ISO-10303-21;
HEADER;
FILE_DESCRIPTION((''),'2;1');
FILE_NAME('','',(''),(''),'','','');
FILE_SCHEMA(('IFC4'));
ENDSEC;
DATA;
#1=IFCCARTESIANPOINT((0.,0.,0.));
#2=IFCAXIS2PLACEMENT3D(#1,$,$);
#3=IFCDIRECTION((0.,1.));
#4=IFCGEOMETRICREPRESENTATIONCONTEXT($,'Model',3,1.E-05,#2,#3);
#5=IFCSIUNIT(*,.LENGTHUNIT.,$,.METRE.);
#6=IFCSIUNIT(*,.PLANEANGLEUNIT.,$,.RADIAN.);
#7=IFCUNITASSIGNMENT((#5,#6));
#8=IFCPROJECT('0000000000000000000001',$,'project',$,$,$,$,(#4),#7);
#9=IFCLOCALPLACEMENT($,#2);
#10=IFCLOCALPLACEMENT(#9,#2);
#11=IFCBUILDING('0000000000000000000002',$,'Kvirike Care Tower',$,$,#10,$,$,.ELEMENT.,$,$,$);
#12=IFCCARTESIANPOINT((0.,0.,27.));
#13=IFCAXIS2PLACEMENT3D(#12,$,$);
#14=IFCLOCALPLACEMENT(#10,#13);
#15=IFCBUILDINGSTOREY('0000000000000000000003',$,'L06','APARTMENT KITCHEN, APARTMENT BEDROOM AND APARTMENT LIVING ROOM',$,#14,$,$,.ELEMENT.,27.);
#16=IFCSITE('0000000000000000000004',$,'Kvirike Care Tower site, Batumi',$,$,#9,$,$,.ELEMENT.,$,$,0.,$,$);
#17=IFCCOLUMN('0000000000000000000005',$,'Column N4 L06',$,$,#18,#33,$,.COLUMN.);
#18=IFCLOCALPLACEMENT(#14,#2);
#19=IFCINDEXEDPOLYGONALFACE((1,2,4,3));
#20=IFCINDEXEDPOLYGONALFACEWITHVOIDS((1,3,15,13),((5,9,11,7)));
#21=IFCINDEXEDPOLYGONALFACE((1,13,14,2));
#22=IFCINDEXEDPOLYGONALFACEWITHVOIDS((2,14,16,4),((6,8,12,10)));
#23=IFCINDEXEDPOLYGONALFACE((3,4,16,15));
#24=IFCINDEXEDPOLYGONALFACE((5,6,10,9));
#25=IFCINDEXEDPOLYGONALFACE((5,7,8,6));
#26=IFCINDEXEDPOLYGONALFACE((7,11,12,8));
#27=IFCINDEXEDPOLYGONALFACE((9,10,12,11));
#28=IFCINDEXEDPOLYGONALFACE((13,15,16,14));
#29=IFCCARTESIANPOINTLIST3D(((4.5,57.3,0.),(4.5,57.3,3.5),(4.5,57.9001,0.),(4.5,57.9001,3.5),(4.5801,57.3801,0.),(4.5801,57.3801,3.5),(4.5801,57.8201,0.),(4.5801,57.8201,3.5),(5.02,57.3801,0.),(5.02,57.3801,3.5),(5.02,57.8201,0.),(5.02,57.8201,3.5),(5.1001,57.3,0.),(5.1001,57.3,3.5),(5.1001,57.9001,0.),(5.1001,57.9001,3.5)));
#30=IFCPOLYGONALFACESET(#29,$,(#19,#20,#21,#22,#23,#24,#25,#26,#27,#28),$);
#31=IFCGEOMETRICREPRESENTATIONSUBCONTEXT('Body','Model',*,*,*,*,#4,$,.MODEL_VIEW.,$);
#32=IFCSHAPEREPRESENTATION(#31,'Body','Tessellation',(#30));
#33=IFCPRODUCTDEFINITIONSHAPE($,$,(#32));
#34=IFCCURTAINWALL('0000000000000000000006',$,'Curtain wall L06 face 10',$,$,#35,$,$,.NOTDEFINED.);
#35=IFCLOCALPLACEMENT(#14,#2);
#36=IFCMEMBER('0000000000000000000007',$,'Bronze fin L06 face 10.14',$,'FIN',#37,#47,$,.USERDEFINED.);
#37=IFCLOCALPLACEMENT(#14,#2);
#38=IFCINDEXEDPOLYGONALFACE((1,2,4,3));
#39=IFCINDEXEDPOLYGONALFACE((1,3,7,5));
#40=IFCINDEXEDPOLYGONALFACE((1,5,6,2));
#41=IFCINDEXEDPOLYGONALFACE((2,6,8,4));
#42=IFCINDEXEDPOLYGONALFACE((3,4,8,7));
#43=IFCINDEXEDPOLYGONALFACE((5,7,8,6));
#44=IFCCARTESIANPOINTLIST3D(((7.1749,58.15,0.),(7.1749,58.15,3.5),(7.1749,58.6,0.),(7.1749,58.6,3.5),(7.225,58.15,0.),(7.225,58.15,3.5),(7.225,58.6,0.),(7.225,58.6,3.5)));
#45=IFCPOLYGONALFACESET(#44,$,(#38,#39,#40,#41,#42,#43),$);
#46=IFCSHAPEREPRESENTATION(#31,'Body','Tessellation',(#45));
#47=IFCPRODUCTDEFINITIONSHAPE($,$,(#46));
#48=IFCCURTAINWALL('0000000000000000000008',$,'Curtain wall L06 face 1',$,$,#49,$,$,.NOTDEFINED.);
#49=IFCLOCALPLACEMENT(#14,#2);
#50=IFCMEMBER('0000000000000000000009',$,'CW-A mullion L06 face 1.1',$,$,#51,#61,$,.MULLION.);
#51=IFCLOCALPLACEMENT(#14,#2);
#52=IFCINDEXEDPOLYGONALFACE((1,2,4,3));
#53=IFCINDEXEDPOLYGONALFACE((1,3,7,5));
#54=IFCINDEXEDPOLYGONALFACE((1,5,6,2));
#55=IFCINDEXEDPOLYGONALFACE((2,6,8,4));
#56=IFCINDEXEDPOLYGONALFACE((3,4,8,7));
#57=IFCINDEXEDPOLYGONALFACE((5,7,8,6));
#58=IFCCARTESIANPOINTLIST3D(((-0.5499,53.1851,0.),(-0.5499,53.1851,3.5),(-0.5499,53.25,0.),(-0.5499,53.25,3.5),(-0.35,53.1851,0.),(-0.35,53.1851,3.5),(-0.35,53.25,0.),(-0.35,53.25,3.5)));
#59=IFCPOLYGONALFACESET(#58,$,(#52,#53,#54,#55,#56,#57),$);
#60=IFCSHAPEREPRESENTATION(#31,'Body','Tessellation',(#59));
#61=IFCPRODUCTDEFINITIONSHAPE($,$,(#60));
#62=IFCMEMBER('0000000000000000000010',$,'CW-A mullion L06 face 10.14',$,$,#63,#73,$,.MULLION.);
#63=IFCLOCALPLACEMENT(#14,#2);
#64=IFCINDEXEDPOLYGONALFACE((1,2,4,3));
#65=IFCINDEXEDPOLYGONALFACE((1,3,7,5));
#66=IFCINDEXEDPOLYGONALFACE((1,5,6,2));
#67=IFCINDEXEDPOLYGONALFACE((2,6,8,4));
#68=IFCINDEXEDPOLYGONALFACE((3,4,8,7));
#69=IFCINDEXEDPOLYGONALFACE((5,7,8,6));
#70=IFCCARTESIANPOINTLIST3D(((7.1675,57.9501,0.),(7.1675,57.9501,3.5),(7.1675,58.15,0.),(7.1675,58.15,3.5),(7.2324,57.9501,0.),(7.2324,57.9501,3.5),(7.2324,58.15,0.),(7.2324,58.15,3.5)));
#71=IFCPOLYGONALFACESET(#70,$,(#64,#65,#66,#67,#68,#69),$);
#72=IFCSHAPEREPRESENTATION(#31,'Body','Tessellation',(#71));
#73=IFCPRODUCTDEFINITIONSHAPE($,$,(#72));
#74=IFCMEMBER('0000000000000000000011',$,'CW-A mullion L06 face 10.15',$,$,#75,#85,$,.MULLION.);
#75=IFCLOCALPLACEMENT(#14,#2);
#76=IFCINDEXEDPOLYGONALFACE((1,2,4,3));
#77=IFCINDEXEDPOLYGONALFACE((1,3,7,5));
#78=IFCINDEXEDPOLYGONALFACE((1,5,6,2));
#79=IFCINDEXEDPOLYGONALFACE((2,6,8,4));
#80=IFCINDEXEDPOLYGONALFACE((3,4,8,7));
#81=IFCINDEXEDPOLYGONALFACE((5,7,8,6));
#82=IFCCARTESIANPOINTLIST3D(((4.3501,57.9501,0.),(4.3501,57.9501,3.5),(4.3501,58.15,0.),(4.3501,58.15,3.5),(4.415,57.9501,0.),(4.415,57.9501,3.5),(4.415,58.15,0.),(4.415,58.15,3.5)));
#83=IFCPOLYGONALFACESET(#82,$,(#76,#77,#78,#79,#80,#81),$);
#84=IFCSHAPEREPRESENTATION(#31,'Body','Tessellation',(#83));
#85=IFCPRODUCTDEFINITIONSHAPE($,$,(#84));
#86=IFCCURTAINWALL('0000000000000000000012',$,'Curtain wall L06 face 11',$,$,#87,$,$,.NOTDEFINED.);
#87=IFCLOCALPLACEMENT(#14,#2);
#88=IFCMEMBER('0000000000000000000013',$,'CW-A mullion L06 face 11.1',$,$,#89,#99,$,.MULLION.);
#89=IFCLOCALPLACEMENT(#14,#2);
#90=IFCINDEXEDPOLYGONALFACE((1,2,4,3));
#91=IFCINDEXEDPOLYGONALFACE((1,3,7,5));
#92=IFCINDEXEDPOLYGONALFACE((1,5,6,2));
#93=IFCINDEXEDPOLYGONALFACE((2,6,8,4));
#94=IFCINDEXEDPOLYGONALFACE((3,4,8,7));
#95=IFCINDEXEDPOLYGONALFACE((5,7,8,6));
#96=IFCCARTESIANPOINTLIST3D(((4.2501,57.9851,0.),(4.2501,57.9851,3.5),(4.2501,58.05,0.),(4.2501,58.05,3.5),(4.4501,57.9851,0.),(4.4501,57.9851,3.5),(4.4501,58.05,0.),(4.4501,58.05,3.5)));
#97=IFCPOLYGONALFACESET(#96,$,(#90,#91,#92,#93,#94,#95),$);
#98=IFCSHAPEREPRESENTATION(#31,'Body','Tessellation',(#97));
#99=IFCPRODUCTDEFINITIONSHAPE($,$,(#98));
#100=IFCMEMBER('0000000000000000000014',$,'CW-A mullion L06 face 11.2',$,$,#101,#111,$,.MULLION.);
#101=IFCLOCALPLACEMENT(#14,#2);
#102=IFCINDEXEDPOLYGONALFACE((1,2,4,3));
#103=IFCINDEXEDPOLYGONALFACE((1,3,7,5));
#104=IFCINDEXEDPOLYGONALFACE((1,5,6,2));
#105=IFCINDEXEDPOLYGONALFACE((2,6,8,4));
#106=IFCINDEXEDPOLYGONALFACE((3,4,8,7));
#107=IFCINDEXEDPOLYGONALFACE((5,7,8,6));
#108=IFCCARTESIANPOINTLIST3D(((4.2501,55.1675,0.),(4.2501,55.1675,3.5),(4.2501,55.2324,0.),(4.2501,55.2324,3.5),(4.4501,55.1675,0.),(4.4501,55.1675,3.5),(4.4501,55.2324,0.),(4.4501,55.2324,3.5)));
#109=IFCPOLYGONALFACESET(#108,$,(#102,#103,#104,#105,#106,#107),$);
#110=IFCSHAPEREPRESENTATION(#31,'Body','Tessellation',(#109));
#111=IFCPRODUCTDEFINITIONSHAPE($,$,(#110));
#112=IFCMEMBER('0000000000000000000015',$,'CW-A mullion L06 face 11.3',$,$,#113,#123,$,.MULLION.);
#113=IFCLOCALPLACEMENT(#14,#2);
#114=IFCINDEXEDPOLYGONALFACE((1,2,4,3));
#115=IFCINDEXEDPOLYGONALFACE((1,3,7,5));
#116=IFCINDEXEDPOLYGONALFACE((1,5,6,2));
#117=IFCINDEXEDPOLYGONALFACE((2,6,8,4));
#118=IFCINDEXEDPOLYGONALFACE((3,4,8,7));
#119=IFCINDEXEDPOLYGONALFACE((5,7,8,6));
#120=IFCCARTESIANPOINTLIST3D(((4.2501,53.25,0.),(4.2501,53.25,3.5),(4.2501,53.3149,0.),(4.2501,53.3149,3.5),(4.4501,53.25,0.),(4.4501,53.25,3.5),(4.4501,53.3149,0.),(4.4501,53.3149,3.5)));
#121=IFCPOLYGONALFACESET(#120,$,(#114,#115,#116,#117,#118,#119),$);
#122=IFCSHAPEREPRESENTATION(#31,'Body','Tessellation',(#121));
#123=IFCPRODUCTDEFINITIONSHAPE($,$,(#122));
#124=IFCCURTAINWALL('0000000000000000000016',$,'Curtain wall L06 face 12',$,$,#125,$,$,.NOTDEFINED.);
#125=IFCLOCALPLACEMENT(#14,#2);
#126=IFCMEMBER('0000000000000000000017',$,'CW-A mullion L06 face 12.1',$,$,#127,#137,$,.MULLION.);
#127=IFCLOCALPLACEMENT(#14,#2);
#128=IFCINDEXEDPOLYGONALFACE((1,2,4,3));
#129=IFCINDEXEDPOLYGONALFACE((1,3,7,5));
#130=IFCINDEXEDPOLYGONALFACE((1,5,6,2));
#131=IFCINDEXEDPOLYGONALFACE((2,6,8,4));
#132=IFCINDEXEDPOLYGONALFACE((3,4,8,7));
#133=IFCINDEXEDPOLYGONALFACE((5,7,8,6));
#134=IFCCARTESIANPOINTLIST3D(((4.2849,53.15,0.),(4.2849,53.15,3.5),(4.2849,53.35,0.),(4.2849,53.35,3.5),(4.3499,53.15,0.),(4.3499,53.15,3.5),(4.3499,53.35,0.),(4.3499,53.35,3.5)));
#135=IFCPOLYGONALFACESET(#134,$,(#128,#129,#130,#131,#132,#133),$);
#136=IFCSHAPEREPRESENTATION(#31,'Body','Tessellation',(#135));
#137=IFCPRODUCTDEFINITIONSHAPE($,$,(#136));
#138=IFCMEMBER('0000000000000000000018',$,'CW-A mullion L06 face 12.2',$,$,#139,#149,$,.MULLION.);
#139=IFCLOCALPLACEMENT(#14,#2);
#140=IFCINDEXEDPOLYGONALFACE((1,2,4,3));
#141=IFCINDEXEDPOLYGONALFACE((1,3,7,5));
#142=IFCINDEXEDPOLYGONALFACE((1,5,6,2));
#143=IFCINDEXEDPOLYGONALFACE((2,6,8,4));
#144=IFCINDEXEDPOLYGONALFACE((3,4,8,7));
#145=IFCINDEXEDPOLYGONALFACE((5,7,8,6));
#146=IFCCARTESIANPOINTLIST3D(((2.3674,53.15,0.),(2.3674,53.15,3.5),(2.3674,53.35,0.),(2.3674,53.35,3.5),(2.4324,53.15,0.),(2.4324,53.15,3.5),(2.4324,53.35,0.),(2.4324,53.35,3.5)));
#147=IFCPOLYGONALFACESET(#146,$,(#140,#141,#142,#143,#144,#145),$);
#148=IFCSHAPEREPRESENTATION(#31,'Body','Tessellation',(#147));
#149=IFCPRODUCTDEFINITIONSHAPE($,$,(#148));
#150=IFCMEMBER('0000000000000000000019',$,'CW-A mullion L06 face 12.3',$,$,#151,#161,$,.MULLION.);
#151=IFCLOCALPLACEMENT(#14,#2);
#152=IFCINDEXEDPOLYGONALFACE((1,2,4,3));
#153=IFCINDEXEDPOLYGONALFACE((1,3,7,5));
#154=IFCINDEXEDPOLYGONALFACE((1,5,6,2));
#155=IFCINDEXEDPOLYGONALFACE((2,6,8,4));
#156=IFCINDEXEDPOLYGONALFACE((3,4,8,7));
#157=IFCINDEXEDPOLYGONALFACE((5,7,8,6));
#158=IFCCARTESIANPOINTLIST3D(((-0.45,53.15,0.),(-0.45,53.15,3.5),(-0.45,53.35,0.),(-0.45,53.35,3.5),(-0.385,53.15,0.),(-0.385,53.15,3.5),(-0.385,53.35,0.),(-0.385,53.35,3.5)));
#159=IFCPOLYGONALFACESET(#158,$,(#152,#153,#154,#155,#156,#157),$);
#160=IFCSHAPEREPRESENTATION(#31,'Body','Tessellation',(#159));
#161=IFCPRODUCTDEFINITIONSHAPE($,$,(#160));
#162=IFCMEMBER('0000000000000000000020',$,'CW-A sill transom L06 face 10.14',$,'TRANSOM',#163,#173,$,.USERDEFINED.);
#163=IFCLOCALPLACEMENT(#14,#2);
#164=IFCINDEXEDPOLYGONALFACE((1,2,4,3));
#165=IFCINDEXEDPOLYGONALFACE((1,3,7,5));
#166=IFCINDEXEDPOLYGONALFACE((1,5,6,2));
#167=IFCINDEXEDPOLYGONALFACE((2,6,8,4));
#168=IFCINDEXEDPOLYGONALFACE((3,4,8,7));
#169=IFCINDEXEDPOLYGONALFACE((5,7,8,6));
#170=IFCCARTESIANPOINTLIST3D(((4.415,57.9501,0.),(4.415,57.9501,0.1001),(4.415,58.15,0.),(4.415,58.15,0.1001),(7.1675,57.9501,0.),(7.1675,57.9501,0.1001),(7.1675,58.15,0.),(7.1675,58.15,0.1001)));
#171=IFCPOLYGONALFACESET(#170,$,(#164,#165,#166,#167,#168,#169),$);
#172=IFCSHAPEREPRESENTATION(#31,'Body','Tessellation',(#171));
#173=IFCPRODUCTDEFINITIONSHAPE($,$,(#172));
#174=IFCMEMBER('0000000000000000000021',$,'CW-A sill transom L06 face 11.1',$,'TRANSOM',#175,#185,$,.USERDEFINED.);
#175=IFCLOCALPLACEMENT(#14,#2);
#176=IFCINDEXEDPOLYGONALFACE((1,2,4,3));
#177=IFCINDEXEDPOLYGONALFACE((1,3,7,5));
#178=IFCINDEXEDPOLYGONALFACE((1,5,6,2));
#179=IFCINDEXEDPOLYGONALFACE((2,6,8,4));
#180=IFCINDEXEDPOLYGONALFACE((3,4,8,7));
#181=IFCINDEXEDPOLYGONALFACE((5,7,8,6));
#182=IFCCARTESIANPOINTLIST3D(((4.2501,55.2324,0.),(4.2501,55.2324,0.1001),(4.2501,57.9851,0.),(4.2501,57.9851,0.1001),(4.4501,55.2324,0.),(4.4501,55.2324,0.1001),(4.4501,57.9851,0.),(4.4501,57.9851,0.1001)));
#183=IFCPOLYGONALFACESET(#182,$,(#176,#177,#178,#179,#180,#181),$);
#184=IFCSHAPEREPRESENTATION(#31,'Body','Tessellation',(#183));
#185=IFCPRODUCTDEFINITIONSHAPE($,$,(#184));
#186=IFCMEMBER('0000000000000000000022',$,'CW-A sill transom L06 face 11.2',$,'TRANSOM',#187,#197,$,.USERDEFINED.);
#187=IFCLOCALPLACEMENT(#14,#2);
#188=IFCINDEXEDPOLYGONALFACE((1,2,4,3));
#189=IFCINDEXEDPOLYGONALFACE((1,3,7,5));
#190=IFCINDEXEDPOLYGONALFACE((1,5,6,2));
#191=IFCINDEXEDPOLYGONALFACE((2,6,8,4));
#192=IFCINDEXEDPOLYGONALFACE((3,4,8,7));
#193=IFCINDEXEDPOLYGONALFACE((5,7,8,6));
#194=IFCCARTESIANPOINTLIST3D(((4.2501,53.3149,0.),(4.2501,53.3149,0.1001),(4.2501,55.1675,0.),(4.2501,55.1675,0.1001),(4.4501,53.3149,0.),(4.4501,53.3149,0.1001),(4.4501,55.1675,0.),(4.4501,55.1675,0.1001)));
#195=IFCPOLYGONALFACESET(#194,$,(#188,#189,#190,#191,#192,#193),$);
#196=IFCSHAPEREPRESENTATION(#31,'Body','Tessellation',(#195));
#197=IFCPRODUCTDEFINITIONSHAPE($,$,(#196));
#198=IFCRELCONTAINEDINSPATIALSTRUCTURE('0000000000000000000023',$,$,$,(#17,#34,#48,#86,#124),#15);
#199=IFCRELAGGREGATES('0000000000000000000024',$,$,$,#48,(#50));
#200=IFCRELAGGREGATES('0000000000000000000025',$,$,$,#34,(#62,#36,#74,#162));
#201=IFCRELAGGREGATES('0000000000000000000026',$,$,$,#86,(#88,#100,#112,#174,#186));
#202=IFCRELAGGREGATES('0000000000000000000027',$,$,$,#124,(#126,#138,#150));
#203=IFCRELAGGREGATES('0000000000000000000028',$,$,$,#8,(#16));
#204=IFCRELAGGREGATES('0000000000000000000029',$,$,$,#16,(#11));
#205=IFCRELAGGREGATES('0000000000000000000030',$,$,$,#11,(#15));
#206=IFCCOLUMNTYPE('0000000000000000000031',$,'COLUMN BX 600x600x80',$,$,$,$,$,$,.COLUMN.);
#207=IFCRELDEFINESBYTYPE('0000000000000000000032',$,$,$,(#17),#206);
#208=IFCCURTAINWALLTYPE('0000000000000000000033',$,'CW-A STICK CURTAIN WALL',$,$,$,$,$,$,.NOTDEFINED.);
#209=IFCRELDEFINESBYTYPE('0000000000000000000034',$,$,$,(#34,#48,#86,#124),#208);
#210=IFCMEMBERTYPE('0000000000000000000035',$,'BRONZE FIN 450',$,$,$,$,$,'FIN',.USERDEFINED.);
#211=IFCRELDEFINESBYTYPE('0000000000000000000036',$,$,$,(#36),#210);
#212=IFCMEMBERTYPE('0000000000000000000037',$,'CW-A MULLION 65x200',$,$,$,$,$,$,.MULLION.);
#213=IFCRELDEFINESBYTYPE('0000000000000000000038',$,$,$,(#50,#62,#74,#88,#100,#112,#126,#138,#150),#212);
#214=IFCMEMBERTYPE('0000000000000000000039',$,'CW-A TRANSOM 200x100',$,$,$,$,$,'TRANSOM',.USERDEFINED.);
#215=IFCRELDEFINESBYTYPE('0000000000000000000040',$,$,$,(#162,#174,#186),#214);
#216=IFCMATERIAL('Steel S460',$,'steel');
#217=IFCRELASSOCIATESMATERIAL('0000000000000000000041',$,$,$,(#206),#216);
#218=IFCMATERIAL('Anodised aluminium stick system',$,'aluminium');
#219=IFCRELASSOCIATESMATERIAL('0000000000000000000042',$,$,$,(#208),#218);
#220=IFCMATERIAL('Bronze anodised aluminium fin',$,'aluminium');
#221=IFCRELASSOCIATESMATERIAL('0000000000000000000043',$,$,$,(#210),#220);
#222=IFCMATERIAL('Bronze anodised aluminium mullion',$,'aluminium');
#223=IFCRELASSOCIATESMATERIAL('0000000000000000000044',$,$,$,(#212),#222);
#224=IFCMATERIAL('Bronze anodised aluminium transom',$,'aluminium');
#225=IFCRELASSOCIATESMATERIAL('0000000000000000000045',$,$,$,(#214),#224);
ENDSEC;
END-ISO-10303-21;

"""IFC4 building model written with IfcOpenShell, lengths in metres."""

from ifc_helpers import new_model, si_unit, direction, frame, origin, origin_2d, place, context, subcontext, project, spatial, rectangle, hollow_rectangle, extrude, material, material_profile, profile_set, type_object, element, aggregate, save


model = new_model("IFC4")

# Units and contexts
model_context = context("Model", 3, precision=1e-05, world=origin(), true_north=direction((0.0, 1.0)))
body_context = subcontext(model_context, "Body", "Model", "MODEL_VIEW")
ifc_project = project(units=[si_unit("LENGTHUNIT", "METRE"), si_unit("PLANEANGLEUNIT", "RADIAN")], contexts=[model_context])

# Site, building, storey
site_placement = place(None, origin())
site = spatial("IfcSite", under=ifc_project, at=site_placement, Name="Kvirike Care Tower site, Batumi", CompositionType="ELEMENT", RefElevation=0.0)
building_placement = place(site_placement, origin())
building = spatial("IfcBuilding", under=site, at=building_placement, Name="Kvirike Care Tower", CompositionType="ELEMENT")
storey_placement = place(building_placement, frame((0.0, 0.0, 27.0)))
storey = spatial("IfcBuildingStorey", under=building, at=storey_placement, Name="L06", Description="APARTMENT KITCHEN, APARTMENT BEDROOM AND APARTMENT LIVING ROOM", CompositionType="ELEMENT", Elevation=27.0)

# Column
ifc_material_1 = material(Name="Steel S460", Category="steel")
ifc_material_profile_1 = material_profile(ifc_material_1, hollow_rectangle(XDim=0.6001, YDim=0.6001, WallThickness=0.0801, at=origin_2d()), Name="BX 600x600x80")
ifc_profile_set_1 = profile_set([ifc_material_profile_1], Name="Steel S460")
column_type = type_object("IfcColumnType", Name="COLUMN BX 600x600x80", PredefinedType="COLUMN", material=ifc_profile_set_1)
column_placement = place(storey_placement, frame((4.8, 57.6001, 0.0), z_axis=(0.0, 0.0, 1.0), x_axis=(0.0, 1.0, 0.0)))
element("IfcColumn", 1, at=column_placement, inside=storey, type_object=column_type, Name="Column N4 L06", PredefinedType="COLUMN", context=body_context, shape_type="SweptSolid", body=[
    extrude(hollow_rectangle(XDim=0.6001, YDim=0.6001, WallThickness=0.0801, at=origin_2d()), origin(), (0.0, 0.0, 1.0), 3.5),
])

# Curtain walls, members
ifc_material_2 = material(Name="Anodised aluminium stick system", Category="aluminium")
curtain_wall_type = type_object("IfcCurtainWallType", Name="CW-A STICK CURTAIN WALL", PredefinedType="NOTDEFINED", material=ifc_material_2)
curtain_wall_1_placement = place(storey_placement, origin())
curtain_wall_1 = element("IfcCurtainWall", 2, at=curtain_wall_1_placement, inside=storey, type_object=curtain_wall_type, Name="Curtain wall L06 face 10", PredefinedType="NOTDEFINED")
ifc_material_3 = material(Name="Bronze anodised aluminium fin", Category="aluminium")
ifc_material_profile_2 = material_profile(ifc_material_3, rectangle(XDim=0.05, YDim=0.45, at=origin_2d()), Name="BRONZE FIN 450")
ifc_profile_set_2 = profile_set([ifc_material_profile_2], Name="Bronze anodised aluminium fin")
member_type_1 = type_object("IfcMemberType", Name="BRONZE FIN 450", ElementType="FIN", PredefinedType="USERDEFINED", material=ifc_profile_set_2)
member_1_placement = place(storey_placement, frame((7.2, 58.375, 0.0), z_axis=(0.0, 0.0, 1.0), x_axis=(-1.0, 0.0, 0.0)))
member_1 = element("IfcMember", 3, at=member_1_placement, type_object=member_type_1, Name="Bronze fin L06 face 10.14", ObjectType="FIN", PredefinedType="USERDEFINED", context=body_context, shape_type="SweptSolid", body=[
    extrude(rectangle(XDim=0.05, YDim=0.45, at=origin_2d()), origin(), (0.0, 0.0, 1.0), 3.5),
])
curtain_wall_2_placement = place(storey_placement, origin())
curtain_wall_2 = element("IfcCurtainWall", 4, at=curtain_wall_2_placement, inside=storey, type_object=curtain_wall_type, Name="Curtain wall L06 face 1", PredefinedType="NOTDEFINED")
ifc_material_4 = material(Name="Bronze anodised aluminium mullion", Category="aluminium")
ifc_material_profile_3 = material_profile(ifc_material_4, rectangle(XDim=0.0649, YDim=0.2, at=origin_2d()), Name="CW-A MULLION 65x200")
ifc_profile_set_3 = profile_set([ifc_material_profile_3], Name="Bronze anodised aluminium mullion")
member_type_2 = type_object("IfcMemberType", Name="CW-A MULLION 65x200", PredefinedType="MULLION", material=ifc_profile_set_3)
member_2_placement = place(storey_placement, frame((-0.45, 53.2175, 0.0), z_axis=(0.0, 0.0, 1.0), x_axis=(0.0, -1.0, 0.0)))
member_2 = element("IfcMember", 5, at=member_2_placement, type_object=member_type_2, Name="CW-A mullion L06 face 1.1", PredefinedType="MULLION", context=body_context, shape_type="SweptSolid", body=[
    extrude(rectangle(XDim=0.0649, YDim=0.2, at=origin_2d()), origin(), (0.0, 0.0, 1.0), 3.5),
])
aggregate(curtain_wall_2, [member_2])

# Members
member_3_placement = place(storey_placement, frame((7.2, 58.05, 0.0), z_axis=(0.0, 0.0, 1.0), x_axis=(-1.0, 0.0, 0.0)))
member_3 = element("IfcMember", 6, at=member_3_placement, type_object=member_type_2, Name="CW-A mullion L06 face 10.14", PredefinedType="MULLION", context=body_context, shape_type="SweptSolid", body=[
    extrude(rectangle(XDim=0.0649, YDim=0.2, at=origin_2d()), origin(), (0.0, 0.0, 1.0), 3.5),
])
member_4_placement = place(storey_placement, frame((4.3826, 58.05, 0.0), z_axis=(0.0, 0.0, 1.0), x_axis=(-1.0, 0.0, 0.0)))
member_4 = element("IfcMember", 7, at=member_4_placement, type_object=member_type_2, Name="CW-A mullion L06 face 10.15", PredefinedType="MULLION", context=body_context, shape_type="SweptSolid", body=[
    extrude(rectangle(XDim=0.0649, YDim=0.2, at=origin_2d()), origin(), (0.0, 0.0, 1.0), 3.5),
])

# Curtain walls, members
curtain_wall_3_placement = place(storey_placement, origin())
curtain_wall_3 = element("IfcCurtainWall", 8, at=curtain_wall_3_placement, inside=storey, type_object=curtain_wall_type, Name="Curtain wall L06 face 11", PredefinedType="NOTDEFINED")
member_5_placement = place(storey_placement, frame((4.3501, 58.0176, 0.0), z_axis=(0.0, 0.0, 1.0), x_axis=(0.0, -1.0, 0.0)))
member_5 = element("IfcMember", 9, at=member_5_placement, type_object=member_type_2, Name="CW-A mullion L06 face 11.1", PredefinedType="MULLION", context=body_context, shape_type="SweptSolid", body=[
    extrude(rectangle(XDim=0.0649, YDim=0.2, at=origin_2d()), origin(), (0.0, 0.0, 1.0), 3.5),
])
member_6_placement = place(storey_placement, frame((4.3501, 55.2, 0.0), z_axis=(0.0, 0.0, 1.0), x_axis=(0.0, -1.0, 0.0)))
member_6 = element("IfcMember", 10, at=member_6_placement, type_object=member_type_2, Name="CW-A mullion L06 face 11.2", PredefinedType="MULLION", context=body_context, shape_type="SweptSolid", body=[
    extrude(rectangle(XDim=0.0649, YDim=0.2, at=origin_2d()), origin(), (0.0, 0.0, 1.0), 3.5),
])
member_7_placement = place(storey_placement, frame((4.3501, 53.2825, 0.0), z_axis=(0.0, 0.0, 1.0), x_axis=(0.0, -1.0, 0.0)))
member_7 = element("IfcMember", 11, at=member_7_placement, type_object=member_type_2, Name="CW-A mullion L06 face 11.3", PredefinedType="MULLION", context=body_context, shape_type="SweptSolid", body=[
    extrude(rectangle(XDim=0.0649, YDim=0.2, at=origin_2d()), origin(), (0.0, 0.0, 1.0), 3.5),
])
curtain_wall_4_placement = place(storey_placement, origin())
curtain_wall_4 = element("IfcCurtainWall", 12, at=curtain_wall_4_placement, inside=storey, type_object=curtain_wall_type, Name="Curtain wall L06 face 12", PredefinedType="NOTDEFINED")
member_8_placement = place(storey_placement, frame((4.3174, 53.25, 0.0), z_axis=(0.0, 0.0, 1.0), x_axis=(-1.0, 0.0, 0.0)))
member_8 = element("IfcMember", 13, at=member_8_placement, type_object=member_type_2, Name="CW-A mullion L06 face 12.1", PredefinedType="MULLION", context=body_context, shape_type="SweptSolid", body=[
    extrude(rectangle(XDim=0.0649, YDim=0.2, at=origin_2d()), origin(), (0.0, 0.0, 1.0), 3.5),
])
member_9_placement = place(storey_placement, frame((2.3999, 53.25, 0.0), z_axis=(0.0, 0.0, 1.0), x_axis=(-1.0, 0.0, 0.0)))
member_9 = element("IfcMember", 14, at=member_9_placement, type_object=member_type_2, Name="CW-A mullion L06 face 12.2", PredefinedType="MULLION", context=body_context, shape_type="SweptSolid", body=[
    extrude(rectangle(XDim=0.0649, YDim=0.2, at=origin_2d()), origin(), (0.0, 0.0, 1.0), 3.5),
])
member_10_placement = place(storey_placement, frame((-0.4175, 53.25, 0.0), z_axis=(0.0, 0.0, 1.0), x_axis=(-1.0, 0.0, 0.0)))
member_10 = element("IfcMember", 15, at=member_10_placement, type_object=member_type_2, Name="CW-A mullion L06 face 12.3", PredefinedType="MULLION", context=body_context, shape_type="SweptSolid", body=[
    extrude(rectangle(XDim=0.0649, YDim=0.2, at=origin_2d()), origin(), (0.0, 0.0, 1.0), 3.5),
])

# Members
ifc_material_5 = material(Name="Bronze anodised aluminium transom", Category="aluminium")
ifc_material_profile_4 = material_profile(ifc_material_5, rectangle(XDim=0.2, YDim=0.1001, at=origin_2d()), Name="CW-A TRANSOM 200x100")
ifc_profile_set_4 = profile_set([ifc_material_profile_4], Name="Bronze anodised aluminium transom")
member_type_3 = type_object("IfcMemberType", Name="CW-A TRANSOM 200x100", ElementType="TRANSOM", PredefinedType="USERDEFINED", material=ifc_profile_set_4)
member_11_placement = place(storey_placement, frame((7.1675, 58.05, 0.05), z_axis=(-1.0, 0.0, 0.0), x_axis=(0.0, -1.0, 0.0)))
member_11 = element("IfcMember", 16, at=member_11_placement, type_object=member_type_3, Name="CW-A sill transom L06 face 10.14", ObjectType="TRANSOM", PredefinedType="USERDEFINED", context=body_context, shape_type="SweptSolid", body=[
    extrude(rectangle(XDim=0.2, YDim=0.1001, at=origin_2d()), origin(), (0.0, 0.0, 1.0), 2.7524),
])
member_12_placement = place(storey_placement, frame((4.3501, 57.9851, 0.05), z_axis=(0.0, -1.0, 0.0), x_axis=(1.0, 0.0, 0.0)))
member_12 = element("IfcMember", 17, at=member_12_placement, type_object=member_type_3, Name="CW-A sill transom L06 face 11.1", ObjectType="TRANSOM", PredefinedType="USERDEFINED", context=body_context, shape_type="SweptSolid", body=[
    extrude(rectangle(XDim=0.2, YDim=0.1001, at=origin_2d()), origin(), (0.0, 0.0, 1.0), 2.7527),
])
member_13_placement = place(storey_placement, frame((4.3501, 55.1675, 0.05), z_axis=(0.0, -1.0, 0.0), x_axis=(1.0, 0.0, 0.0)))
member_13 = element("IfcMember", 18, at=member_13_placement, type_object=member_type_3, Name="CW-A sill transom L06 face 11.2", ObjectType="TRANSOM", PredefinedType="USERDEFINED", context=body_context, shape_type="SweptSolid", body=[
    extrude(rectangle(XDim=0.2, YDim=0.1001, at=origin_2d()), origin(), (0.0, 0.0, 1.0), 1.8525),
])

aggregate(curtain_wall_1, [member_3, member_1, member_4, member_11])
aggregate(curtain_wall_3, [member_5, member_6, member_7, member_12, member_13])
aggregate(curtain_wall_4, [member_8, member_9, member_10])

save(model, "model.ifc")
